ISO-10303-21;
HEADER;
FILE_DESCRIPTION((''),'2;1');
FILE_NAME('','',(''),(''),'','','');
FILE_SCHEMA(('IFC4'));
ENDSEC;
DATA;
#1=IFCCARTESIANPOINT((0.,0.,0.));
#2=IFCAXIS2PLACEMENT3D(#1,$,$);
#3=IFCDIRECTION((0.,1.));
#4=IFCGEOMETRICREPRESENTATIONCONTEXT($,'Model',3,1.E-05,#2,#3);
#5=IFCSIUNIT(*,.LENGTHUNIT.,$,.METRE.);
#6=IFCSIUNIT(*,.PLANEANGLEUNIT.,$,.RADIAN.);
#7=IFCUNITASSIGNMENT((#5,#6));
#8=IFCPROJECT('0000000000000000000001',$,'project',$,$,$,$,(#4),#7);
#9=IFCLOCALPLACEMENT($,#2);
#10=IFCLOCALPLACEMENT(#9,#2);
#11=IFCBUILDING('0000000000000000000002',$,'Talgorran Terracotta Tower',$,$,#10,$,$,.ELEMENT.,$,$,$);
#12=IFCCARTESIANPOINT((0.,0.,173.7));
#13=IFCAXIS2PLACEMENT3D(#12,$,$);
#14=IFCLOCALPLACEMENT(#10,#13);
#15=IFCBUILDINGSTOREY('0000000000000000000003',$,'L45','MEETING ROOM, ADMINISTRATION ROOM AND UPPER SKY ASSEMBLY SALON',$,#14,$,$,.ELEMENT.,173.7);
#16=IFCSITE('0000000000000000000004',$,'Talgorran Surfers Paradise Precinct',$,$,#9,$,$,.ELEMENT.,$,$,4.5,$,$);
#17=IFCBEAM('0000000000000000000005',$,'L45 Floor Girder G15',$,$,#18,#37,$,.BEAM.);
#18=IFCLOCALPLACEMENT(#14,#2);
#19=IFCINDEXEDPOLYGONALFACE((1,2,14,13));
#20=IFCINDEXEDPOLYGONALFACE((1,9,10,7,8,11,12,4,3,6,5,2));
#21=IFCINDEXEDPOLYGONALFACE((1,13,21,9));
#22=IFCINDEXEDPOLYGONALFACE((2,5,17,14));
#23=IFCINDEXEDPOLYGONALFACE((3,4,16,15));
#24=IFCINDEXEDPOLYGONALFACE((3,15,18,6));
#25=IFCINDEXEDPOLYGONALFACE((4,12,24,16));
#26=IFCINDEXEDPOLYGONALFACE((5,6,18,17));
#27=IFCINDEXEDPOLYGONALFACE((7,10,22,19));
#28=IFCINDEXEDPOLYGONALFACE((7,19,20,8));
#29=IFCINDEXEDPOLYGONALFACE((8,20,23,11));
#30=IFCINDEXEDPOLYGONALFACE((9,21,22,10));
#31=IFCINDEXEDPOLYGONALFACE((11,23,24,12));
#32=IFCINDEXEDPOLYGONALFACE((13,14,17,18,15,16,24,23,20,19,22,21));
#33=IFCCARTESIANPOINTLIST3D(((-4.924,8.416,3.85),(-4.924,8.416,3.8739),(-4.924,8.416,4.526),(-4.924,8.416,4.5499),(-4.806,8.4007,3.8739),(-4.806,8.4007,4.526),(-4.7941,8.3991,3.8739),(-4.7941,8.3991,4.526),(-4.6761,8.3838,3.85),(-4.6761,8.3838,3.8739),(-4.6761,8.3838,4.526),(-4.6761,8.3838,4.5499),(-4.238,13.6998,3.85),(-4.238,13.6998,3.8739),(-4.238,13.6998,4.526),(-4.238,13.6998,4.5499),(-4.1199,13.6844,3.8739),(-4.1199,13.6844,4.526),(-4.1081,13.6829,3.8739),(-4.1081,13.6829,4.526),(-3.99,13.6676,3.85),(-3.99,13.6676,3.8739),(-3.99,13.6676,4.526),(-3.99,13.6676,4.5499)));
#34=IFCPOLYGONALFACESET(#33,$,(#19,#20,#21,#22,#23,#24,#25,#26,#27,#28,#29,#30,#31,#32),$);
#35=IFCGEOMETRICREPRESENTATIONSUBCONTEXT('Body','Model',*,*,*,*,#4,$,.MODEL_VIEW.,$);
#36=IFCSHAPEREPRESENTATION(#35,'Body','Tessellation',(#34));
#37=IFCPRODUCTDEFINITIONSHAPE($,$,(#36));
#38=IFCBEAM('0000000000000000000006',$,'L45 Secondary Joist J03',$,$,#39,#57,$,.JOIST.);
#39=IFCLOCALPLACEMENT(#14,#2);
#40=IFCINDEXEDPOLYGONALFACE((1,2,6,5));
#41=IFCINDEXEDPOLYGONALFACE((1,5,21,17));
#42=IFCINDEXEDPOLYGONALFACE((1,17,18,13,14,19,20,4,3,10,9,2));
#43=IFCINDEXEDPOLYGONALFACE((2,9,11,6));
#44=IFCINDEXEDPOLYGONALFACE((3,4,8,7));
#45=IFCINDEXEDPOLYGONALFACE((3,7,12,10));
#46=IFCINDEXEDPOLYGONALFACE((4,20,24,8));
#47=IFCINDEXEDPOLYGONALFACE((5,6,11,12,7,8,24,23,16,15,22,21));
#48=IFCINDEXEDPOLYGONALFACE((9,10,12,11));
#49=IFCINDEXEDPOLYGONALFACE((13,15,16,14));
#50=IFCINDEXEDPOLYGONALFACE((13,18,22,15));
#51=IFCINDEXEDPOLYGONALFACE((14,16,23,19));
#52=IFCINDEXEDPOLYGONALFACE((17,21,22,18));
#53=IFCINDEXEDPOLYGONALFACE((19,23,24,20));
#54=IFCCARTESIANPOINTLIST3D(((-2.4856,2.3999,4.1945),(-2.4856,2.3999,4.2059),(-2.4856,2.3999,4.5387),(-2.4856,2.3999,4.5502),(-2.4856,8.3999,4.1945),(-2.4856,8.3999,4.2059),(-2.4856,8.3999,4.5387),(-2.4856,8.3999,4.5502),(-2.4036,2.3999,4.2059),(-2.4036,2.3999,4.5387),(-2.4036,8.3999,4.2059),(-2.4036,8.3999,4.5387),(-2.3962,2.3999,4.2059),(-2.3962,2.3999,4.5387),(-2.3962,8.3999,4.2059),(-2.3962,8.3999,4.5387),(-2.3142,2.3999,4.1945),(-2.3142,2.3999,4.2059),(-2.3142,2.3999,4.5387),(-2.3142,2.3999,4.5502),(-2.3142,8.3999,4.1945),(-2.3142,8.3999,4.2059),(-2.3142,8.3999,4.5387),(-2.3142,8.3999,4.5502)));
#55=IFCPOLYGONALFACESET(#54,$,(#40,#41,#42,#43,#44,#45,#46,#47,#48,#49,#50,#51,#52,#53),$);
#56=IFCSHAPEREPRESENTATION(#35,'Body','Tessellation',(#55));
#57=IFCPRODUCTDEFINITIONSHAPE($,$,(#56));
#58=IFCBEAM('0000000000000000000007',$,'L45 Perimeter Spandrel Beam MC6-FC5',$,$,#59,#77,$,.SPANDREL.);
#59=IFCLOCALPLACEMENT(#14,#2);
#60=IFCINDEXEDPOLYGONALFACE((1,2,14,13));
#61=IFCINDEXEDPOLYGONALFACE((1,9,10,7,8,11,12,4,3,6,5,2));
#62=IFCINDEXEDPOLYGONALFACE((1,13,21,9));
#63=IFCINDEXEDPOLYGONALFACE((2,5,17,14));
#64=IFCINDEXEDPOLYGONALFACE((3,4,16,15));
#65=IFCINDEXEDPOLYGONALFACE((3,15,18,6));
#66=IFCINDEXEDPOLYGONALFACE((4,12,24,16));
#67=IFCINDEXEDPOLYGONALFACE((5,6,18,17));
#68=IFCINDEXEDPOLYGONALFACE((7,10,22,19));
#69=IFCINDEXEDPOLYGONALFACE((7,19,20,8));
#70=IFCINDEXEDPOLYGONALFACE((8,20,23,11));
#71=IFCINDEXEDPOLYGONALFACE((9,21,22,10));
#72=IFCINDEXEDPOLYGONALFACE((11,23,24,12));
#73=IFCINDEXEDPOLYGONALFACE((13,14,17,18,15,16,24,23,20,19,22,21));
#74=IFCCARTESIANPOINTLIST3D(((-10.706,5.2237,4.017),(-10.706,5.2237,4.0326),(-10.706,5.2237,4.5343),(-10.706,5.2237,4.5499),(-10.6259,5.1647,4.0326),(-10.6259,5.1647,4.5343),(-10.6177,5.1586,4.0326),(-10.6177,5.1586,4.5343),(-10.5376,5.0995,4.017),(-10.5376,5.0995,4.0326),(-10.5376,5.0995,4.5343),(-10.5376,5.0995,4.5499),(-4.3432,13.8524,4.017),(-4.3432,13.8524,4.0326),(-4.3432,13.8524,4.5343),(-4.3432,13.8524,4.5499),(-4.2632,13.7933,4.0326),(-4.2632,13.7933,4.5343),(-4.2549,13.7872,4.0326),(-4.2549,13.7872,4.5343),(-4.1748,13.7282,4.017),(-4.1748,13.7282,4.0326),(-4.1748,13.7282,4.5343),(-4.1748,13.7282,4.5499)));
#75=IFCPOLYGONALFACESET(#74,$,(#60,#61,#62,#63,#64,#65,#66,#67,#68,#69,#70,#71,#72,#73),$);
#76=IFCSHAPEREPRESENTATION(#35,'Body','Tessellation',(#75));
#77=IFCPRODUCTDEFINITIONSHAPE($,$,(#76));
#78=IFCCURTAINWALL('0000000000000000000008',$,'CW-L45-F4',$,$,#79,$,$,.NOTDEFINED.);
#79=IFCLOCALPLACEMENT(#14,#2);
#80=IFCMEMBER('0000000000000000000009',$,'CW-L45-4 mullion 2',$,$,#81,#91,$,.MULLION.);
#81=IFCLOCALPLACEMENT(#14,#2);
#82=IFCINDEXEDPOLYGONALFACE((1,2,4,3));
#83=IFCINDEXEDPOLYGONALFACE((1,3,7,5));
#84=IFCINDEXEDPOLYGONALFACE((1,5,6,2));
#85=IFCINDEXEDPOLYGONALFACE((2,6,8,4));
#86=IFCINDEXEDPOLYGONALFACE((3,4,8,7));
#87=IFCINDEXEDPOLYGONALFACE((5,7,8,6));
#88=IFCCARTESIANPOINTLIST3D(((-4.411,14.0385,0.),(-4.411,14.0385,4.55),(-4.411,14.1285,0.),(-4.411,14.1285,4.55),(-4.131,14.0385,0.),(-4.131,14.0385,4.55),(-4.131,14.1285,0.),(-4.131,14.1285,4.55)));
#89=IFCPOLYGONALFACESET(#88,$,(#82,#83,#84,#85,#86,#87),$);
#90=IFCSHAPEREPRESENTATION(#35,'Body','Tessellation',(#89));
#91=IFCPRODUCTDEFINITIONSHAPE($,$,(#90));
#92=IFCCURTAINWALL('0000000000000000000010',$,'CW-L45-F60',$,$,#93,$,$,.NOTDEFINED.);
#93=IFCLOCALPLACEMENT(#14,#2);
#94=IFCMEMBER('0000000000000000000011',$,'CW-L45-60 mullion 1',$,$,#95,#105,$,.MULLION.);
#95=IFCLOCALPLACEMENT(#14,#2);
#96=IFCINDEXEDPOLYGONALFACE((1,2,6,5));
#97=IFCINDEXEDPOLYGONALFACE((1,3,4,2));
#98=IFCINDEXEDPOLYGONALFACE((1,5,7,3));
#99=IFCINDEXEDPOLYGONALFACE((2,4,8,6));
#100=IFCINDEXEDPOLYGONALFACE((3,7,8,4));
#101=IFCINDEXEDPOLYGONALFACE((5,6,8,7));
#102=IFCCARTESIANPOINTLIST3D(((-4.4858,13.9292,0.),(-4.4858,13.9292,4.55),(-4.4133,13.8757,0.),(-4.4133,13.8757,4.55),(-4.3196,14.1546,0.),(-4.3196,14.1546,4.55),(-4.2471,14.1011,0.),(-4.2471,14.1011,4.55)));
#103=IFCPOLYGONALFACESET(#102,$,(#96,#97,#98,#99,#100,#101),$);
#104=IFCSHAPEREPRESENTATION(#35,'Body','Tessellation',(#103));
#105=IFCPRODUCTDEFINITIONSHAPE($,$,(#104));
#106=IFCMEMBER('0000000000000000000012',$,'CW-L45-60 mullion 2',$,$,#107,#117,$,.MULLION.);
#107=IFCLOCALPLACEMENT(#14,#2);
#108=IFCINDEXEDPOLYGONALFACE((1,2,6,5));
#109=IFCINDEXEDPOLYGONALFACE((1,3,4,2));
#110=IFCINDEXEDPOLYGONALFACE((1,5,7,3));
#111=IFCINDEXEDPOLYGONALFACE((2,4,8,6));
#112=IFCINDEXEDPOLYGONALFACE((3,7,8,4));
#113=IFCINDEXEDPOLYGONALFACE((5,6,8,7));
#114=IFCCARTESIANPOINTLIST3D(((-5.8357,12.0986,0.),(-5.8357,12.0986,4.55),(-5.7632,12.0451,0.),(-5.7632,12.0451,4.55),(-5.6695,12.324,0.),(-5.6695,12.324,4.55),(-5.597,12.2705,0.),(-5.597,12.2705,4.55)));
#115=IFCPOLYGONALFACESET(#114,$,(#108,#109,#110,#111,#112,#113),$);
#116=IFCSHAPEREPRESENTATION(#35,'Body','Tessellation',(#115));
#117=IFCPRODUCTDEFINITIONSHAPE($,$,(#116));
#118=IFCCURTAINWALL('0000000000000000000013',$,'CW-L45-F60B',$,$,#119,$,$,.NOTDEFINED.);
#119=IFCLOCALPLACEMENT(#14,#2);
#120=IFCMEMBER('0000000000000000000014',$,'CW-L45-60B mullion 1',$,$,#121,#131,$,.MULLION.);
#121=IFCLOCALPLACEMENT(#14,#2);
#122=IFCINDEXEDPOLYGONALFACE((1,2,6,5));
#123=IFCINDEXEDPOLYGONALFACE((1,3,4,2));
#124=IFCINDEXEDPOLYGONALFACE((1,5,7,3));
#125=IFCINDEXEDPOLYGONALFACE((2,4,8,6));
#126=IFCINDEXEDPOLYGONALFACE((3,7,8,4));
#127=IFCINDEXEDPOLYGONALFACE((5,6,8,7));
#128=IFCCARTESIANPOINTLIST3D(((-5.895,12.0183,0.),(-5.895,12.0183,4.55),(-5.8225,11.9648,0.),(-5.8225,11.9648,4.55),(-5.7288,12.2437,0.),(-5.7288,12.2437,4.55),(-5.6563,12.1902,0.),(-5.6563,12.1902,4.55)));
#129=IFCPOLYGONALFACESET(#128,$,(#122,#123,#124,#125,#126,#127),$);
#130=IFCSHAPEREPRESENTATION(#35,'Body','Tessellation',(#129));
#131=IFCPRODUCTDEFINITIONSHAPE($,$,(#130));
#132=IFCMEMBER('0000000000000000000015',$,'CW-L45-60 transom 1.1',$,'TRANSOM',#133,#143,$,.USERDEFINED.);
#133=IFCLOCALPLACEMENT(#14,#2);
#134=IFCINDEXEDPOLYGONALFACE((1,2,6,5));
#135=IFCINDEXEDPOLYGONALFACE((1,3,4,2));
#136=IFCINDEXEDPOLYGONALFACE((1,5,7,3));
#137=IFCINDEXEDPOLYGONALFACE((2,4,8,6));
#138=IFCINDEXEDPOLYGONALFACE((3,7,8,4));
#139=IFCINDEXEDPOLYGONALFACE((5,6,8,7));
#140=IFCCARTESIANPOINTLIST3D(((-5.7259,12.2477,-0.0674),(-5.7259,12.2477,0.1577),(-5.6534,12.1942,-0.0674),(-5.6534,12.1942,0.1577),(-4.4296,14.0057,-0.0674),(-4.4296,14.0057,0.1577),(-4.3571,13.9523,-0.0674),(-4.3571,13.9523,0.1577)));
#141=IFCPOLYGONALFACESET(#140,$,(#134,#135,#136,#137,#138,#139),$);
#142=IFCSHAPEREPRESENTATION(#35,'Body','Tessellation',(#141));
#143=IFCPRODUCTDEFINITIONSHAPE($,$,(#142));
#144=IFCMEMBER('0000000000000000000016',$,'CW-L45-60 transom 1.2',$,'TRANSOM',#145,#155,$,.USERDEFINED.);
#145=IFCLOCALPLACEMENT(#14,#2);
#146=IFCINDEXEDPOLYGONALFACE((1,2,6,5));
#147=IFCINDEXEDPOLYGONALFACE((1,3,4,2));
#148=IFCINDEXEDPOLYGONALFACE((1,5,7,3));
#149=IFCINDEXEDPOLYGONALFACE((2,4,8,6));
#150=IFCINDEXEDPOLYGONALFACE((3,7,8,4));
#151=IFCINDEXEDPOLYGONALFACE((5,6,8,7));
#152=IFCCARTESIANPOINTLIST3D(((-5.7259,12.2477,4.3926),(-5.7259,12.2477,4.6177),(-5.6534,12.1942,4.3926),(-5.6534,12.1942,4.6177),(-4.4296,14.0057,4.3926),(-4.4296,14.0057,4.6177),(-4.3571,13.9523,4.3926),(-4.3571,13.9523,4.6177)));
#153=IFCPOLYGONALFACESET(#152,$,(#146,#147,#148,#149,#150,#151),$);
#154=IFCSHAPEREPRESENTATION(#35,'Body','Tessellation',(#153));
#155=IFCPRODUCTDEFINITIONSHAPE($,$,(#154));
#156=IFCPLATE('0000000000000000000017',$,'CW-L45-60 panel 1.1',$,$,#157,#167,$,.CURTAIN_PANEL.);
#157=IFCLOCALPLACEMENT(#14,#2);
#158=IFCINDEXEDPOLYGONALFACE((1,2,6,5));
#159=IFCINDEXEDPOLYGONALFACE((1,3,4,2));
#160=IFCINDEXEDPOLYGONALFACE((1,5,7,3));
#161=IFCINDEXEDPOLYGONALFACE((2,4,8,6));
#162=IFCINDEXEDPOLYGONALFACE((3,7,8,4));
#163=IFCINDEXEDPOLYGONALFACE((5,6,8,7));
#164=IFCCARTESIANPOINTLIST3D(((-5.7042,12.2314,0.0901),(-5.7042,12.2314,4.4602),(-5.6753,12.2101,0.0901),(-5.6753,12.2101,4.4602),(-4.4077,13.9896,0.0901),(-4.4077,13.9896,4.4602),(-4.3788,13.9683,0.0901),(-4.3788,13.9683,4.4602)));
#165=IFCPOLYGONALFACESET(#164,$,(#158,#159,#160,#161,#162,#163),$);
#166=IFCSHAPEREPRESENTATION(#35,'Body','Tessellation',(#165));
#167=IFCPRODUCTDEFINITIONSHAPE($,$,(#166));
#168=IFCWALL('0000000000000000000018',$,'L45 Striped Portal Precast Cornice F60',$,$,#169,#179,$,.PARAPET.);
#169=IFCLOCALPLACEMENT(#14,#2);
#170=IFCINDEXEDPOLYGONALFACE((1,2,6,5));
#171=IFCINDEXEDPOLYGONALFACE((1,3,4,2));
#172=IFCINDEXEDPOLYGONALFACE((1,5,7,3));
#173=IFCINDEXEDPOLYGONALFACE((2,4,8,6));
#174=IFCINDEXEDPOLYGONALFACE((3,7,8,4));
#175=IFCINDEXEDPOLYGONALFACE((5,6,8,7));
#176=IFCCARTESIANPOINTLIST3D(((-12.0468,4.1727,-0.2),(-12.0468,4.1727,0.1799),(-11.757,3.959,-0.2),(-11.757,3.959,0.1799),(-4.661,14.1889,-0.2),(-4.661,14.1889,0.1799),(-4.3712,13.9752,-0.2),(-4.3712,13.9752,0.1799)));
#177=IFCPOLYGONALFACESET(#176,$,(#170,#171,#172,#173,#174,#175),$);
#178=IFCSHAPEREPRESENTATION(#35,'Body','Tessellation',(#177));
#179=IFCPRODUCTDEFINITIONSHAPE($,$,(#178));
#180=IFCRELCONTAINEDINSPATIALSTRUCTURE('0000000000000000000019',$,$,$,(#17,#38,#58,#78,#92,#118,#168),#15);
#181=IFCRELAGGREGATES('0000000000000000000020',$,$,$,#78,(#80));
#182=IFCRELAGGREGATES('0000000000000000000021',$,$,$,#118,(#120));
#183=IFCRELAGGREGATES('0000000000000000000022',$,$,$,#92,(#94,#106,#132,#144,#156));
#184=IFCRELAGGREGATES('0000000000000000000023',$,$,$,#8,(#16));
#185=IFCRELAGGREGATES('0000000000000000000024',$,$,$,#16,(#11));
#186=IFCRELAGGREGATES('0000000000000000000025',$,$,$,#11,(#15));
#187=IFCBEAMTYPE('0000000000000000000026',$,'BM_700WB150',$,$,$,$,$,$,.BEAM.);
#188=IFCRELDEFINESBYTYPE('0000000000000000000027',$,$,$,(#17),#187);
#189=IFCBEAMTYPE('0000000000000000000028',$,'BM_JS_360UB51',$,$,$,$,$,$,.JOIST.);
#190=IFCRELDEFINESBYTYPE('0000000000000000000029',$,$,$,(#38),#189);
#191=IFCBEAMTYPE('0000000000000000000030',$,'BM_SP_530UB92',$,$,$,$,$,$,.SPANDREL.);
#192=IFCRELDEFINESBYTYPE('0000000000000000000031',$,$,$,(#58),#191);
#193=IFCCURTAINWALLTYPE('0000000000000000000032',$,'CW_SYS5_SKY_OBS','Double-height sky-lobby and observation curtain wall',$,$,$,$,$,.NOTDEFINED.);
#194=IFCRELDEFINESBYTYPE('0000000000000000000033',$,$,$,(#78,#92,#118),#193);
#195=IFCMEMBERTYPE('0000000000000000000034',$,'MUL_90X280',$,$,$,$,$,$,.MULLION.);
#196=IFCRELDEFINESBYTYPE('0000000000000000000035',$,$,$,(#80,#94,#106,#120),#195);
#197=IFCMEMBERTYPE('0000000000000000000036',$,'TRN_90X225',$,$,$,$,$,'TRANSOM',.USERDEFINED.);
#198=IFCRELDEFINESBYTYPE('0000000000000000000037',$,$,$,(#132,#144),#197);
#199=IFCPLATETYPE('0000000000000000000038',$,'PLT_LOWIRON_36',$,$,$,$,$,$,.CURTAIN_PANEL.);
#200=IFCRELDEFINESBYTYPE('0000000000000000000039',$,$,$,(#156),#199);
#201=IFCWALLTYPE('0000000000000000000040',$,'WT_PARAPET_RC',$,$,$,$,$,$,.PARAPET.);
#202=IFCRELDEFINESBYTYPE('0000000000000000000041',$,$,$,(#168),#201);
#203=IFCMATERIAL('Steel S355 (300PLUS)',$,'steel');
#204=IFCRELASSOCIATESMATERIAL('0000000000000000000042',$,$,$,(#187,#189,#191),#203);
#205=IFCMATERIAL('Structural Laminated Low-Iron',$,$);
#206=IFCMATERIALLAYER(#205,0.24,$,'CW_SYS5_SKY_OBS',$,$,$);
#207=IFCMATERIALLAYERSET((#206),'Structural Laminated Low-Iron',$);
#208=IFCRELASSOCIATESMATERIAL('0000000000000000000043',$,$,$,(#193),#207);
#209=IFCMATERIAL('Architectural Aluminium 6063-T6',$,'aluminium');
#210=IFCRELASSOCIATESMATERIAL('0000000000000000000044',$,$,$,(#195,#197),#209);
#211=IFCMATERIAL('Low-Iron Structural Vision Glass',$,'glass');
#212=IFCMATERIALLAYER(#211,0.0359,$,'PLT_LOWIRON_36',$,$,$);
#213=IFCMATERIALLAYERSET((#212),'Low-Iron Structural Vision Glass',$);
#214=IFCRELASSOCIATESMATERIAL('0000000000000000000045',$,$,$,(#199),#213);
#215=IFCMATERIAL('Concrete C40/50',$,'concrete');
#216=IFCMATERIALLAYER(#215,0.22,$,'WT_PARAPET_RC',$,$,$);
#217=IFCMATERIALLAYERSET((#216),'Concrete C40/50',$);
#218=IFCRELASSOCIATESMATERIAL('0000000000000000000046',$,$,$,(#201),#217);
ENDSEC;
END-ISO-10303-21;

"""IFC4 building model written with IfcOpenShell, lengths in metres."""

from ifc_helpers import new_model, si_unit, direction, frame, frame_2d, origin, origin_2d, place, context, subcontext, project, spatial, rectangle, i_section, extrude, source, transform, mapped, material, layer, layer_set, material_profile, profile_set, type_object, type_shapes, element, aggregate, save


model = new_model("IFC4")

# Units and contexts
model_context = context("Model", 3, precision=1e-05, world=origin(), true_north=direction((0.0, 1.0)))
body_context = subcontext(model_context, "Body", "Model", "MODEL_VIEW")
ifc_project = project(units=[si_unit("LENGTHUNIT", "METRE"), si_unit("PLANEANGLEUNIT", "RADIAN")], contexts=[model_context])

# Site, building, storey
site_placement = place(None, origin())
site = spatial("IfcSite", under=ifc_project, at=site_placement, Name="Talgorran Surfers Paradise Precinct", CompositionType="ELEMENT", RefElevation=4.5)
building_placement = place(site_placement, origin())
building = spatial("IfcBuilding", under=site, at=building_placement, Name="Talgorran Terracotta Tower", CompositionType="ELEMENT")
storey_placement = place(building_placement, frame((0.0, 0.0, 173.7)))
storey = spatial("IfcBuildingStorey", under=building, at=storey_placement, Name="L45", Description="MEETING ROOM, ADMINISTRATION ROOM AND UPPER SKY ASSEMBLY SALON", CompositionType="ELEMENT", Elevation=173.7)

# Shared definitions
ifc_material_1 = material(Name="Steel S355 (300PLUS)", Category="steel")

# Beams
ifc_material_profile_1 = material_profile(ifc_material_1, i_section(OverallWidth=0.25, OverallDepth=0.7, WebThickness=0.012, FlangeThickness=0.0239, at=origin_2d()), Name="700WB150")
ifc_profile_set_1 = profile_set([ifc_material_profile_1], Name="Steel S355 (300PLUS)")
beam_type_1 = type_object("IfcBeamType", Name="BM_700WB150", PredefinedType="BEAM", material=ifc_profile_set_1)
beam_1_placement = place(storey_placement, frame((-4.8, 8.3999, 4.2), z_axis=(0.128759, 0.991676, 0.0), x_axis=(-0.991676, 0.128759, 0.0)))
element("IfcBeam", 1, at=beam_1_placement, inside=storey, type_object=beam_type_1, Name="L45 Floor Girder G15", PredefinedType="BEAM", context=body_context, shape_type="SweptSolid", body=[
    extrude(i_section(OverallWidth=0.25, OverallDepth=0.7, WebThickness=0.012, FlangeThickness=0.0239, at=origin_2d()), origin(), (0.0, 0.0, 1.0), 5.3281),
])
ifc_material_profile_2 = material_profile(ifc_material_1, i_section(OverallWidth=0.1714, OverallDepth=0.3557, WebThickness=0.0073, FlangeThickness=0.0115, at=origin_2d()), Name="360UB50.7")
ifc_profile_set_2 = profile_set([ifc_material_profile_2], Name="Steel S355 (300PLUS)")
beam_type_2 = type_object("IfcBeamType", Name="BM_JS_360UB51", PredefinedType="JOIST", material=ifc_profile_set_2)
beam_2_placement = place(storey_placement, frame((-2.3999, 2.3999, 4.3723), z_axis=(0.0, 1.0, 0.0), x_axis=(-1.0, 0.0, 0.0)))
element("IfcBeam", 2, at=beam_2_placement, inside=storey, type_object=beam_type_2, Name="L45 Secondary Joist J03", PredefinedType="JOIST", context=body_context, shape_type="SweptSolid", body=[
    extrude(i_section(OverallWidth=0.1714, OverallDepth=0.3557, WebThickness=0.0073, FlangeThickness=0.0115, at=origin_2d()), origin(), (0.0, 0.0, 1.0), 6.0),
])
ifc_material_profile_3 = material_profile(ifc_material_1, i_section(OverallWidth=0.2092, OverallDepth=0.533, WebThickness=0.0103, FlangeThickness=0.0156, at=origin_2d()), Name="530UB92.4")
ifc_profile_set_3 = profile_set([ifc_material_profile_3], Name="Steel S355 (300PLUS)")
beam_type_3 = type_object("IfcBeamType", Name="BM_SP_530UB92", PredefinedType="SPANDREL", material=ifc_profile_set_3)
beam_3_placement = place(storey_placement, frame((-4.259, 13.7903, 4.2834), z_axis=(-0.593491, -0.804841, 0.0), x_axis=(0.804841, -0.593491, 0.0)))
element("IfcBeam", 3, at=beam_3_placement, inside=storey, type_object=beam_type_3, Name="L45 Perimeter Spandrel Beam MC6-FC5", PredefinedType="SPANDREL", context=body_context, shape_type="SweptSolid", body=[
    extrude(i_section(OverallWidth=0.2092, OverallDepth=0.533, WebThickness=0.0103, FlangeThickness=0.0156, at=origin_2d()), origin(), (0.0, 0.0, 1.0), 10.7209),
])

# Curtain wall, member
ifc_material_2 = material(Name="Structural Laminated Low-Iron")
ifc_layer_1 = layer(ifc_material_2, 0.24, Name="CW_SYS5_SKY_OBS")
ifc_layer_set_1 = layer_set([ifc_layer_1], Name="Structural Laminated Low-Iron")
curtain_wall_type = type_object("IfcCurtainWallType", Name="CW_SYS5_SKY_OBS", Description="Double-height sky-lobby and observation curtain wall", PredefinedType="NOTDEFINED", material=ifc_layer_set_1)
curtain_wall_1_placement = place(storey_placement, origin())
curtain_wall_1 = element("IfcCurtainWall", 4, at=curtain_wall_1_placement, inside=storey, type_object=curtain_wall_type, Name="CW-L45-F4", PredefinedType="NOTDEFINED")
ifc_material_3 = material(Name="Architectural Aluminium 6063-T6", Category="aluminium")
ifc_material_profile_4 = material_profile(ifc_material_3, rectangle(XDim=0.0901, YDim=0.28, at=origin_2d()), Name="CWM90X280")
ifc_profile_set_4 = profile_set([ifc_material_profile_4], Name="Architectural Aluminium 6063-T6")
member_type_1 = type_object("IfcMemberType", Name="MUL_90X280", PredefinedType="MULLION", material=ifc_profile_set_4)
member_1_placement = place(storey_placement, frame((-4.271, 14.0835, 0.0), z_axis=(0.0, 0.0, 1.0), x_axis=(0.0, -1.0, 0.0)))
member_1 = element("IfcMember", 5, at=member_1_placement, type_object=member_type_1, Name="CW-L45-4 mullion 2", PredefinedType="MULLION", context=body_context, shape_type="SweptSolid", body=[
    extrude(rectangle(XDim=0.0901, YDim=0.28, at=origin_2d()), origin(), (0.0, 0.0, 1.0), 4.55),
])
aggregate(curtain_wall_1, [member_1])

# Curtain wall, members
curtain_wall_2_placement = place(storey_placement, origin())
curtain_wall_2 = element("IfcCurtainWall", 6, at=curtain_wall_2_placement, inside=storey, type_object=curtain_wall_type, Name="CW-L45-F60", PredefinedType="NOTDEFINED")
member_2_placement = place(storey_placement, frame((-4.3665, 14.0151, 0.0), z_axis=(0.0, 0.0, 1.0), x_axis=(0.804836, -0.593498, 0.0)))
member_2 = element("IfcMember", 7, at=member_2_placement, type_object=member_type_1, Name="CW-L45-60 mullion 1", PredefinedType="MULLION", context=body_context, shape_type="SweptSolid", body=[
    extrude(rectangle(XDim=0.0901, YDim=0.28, at=origin_2d()), origin(), (0.0, 0.0, 1.0), 4.55),
])
member_3_placement = place(storey_placement, frame((-5.7163, 12.1846, 0.0), z_axis=(0.0, 0.0, 1.0), x_axis=(0.804836, -0.593498, 0.0)))
member_3 = element("IfcMember", 8, at=member_3_placement, type_object=member_type_1, Name="CW-L45-60 mullion 2", PredefinedType="MULLION", context=body_context, shape_type="SweptSolid", body=[
    extrude(rectangle(XDim=0.0901, YDim=0.28, at=origin_2d()), origin(), (0.0, 0.0, 1.0), 4.55),
])

# Curtain wall, member
curtain_wall_3_placement = place(storey_placement, origin())
curtain_wall_3 = element("IfcCurtainWall", 9, at=curtain_wall_3_placement, inside=storey, type_object=curtain_wall_type, Name="CW-L45-F60B", PredefinedType="NOTDEFINED")
member_4_placement = place(storey_placement, frame((-5.7756, 12.1042, 0.0), z_axis=(0.0, 0.0, 1.0), x_axis=(0.804831, -0.593504, 0.0)))
member_4 = element("IfcMember", 10, at=member_4_placement, type_object=member_type_1, Name="CW-L45-60B mullion 1", PredefinedType="MULLION", context=body_context, shape_type="SweptSolid", body=[
    extrude(rectangle(XDim=0.0901, YDim=0.28, at=origin_2d()), origin(), (0.0, 0.0, 1.0), 4.55),
])
aggregate(curtain_wall_3, [member_4])

# Members
ifc_material_profile_5 = material_profile(ifc_material_3, rectangle(XDim=0.0901, YDim=0.2251, at=origin_2d()), Name="CWT90X225")
ifc_profile_set_5 = profile_set([ifc_material_profile_5], Name="Architectural Aluminium 6063-T6")
member_type_2 = type_object("IfcMemberType", Name="TRN_90X225", ElementType="TRANSOM", PredefinedType="USERDEFINED", material=ifc_profile_set_5)
member_5_placement = place(storey_placement, frame((-4.3933, 13.979, 0.0452), z_axis=(-0.593489, -0.804842, 0.0), x_axis=(0.804842, -0.593489, 0.0)))
member_5 = element("IfcMember", 11, at=member_5_placement, type_object=member_type_2, Name="CW-L45-60 transom 1.1", ObjectType="TRANSOM", PredefinedType="USERDEFINED", context=body_context, shape_type="SweptSolid", body=[
    extrude(rectangle(XDim=0.0901, YDim=0.2251, at=origin_2d()), origin(), (0.0, 0.0, 1.0), 2.1843),
])
member_6_placement = place(storey_placement, frame((-4.3933, 13.979, 4.5051), z_axis=(-0.593489, -0.804842, 0.0), x_axis=(0.804842, -0.593489, 0.0)))
member_6 = element("IfcMember", 12, at=member_6_placement, type_object=member_type_2, Name="CW-L45-60 transom 1.2", ObjectType="TRANSOM", PredefinedType="USERDEFINED", context=body_context, shape_type="SweptSolid", body=[
    extrude(rectangle(XDim=0.0901, YDim=0.2251, at=origin_2d()), origin(), (0.0, 0.0, 1.0), 2.1843),
])

# Plate
ifc_material_4 = material(Name="Low-Iron Structural Vision Glass", Category="glass")
ifc_layer_2 = layer(ifc_material_4, 0.0359, Name="PLT_LOWIRON_36")
ifc_layer_set_2 = layer_set([ifc_layer_2], Name="Low-Iron Structural Vision Glass")
plate_type = type_object("IfcPlateType", Name="PLT_LOWIRON_36", PredefinedType="CURTAIN_PANEL", material=ifc_layer_set_2)
shared_shape = source(origin(), body_context, "Body", "SweptSolid", [
    extrude(rectangle(XDim=2.1846, YDim=0.0359, at=origin_2d()), origin(), (0.0, 0.0, 1.0), 4.3701),
])
type_shapes(plate_type, [shared_shape])
plate_placement = place(storey_placement, frame((-5.0415, 13.0999, 0.0901), z_axis=(0.0, 0.0, 1.0), x_axis=(-0.593498, -0.804836, 0.0)))
plate = element("IfcPlate", 13, at=plate_placement, type_object=plate_type, Name="CW-L45-60 panel 1.1", PredefinedType="CURTAIN_PANEL", context=body_context, shape_type="MappedRepresentation", body=[
    mapped(shared_shape, transform((0.0, 0.0, 0.0), scale=1.0)),
])
aggregate(curtain_wall_2, [member_2, member_3, member_5, member_6, plate])

# Wall
ifc_material_5 = material(Name="Concrete C40/50", Category="concrete")
ifc_layer_3 = layer(ifc_material_5, 0.22, Name="WT_PARAPET_RC")
ifc_layer_set_3 = layer_set([ifc_layer_3], Name="Concrete C40/50")
wall_type_1 = type_object("IfcWallType", Name="WT_PARAPET_RC", PredefinedType="PARAPET", material=ifc_layer_set_3)
wall_1_placement = place(storey_placement, frame((-4.5161, 14.082, -0.2), z_axis=(0.0, 0.0, 1.0), x_axis=(-0.593483, -0.804847, 0.0)))
element("IfcWall", 14, at=wall_1_placement, inside=storey, type_object=wall_type_1, Name="L45 Striped Portal Precast Cornice F60", PredefinedType="PARAPET", context=body_context, shape_type="SweptSolid", body=[
    extrude(rectangle(XDim=12.4448, YDim=0.3601, at=frame_2d((6.2224, 0.0))), origin(), (0.0, 0.0, 1.0), 0.3799),
])

save(model, "model.ifc")
